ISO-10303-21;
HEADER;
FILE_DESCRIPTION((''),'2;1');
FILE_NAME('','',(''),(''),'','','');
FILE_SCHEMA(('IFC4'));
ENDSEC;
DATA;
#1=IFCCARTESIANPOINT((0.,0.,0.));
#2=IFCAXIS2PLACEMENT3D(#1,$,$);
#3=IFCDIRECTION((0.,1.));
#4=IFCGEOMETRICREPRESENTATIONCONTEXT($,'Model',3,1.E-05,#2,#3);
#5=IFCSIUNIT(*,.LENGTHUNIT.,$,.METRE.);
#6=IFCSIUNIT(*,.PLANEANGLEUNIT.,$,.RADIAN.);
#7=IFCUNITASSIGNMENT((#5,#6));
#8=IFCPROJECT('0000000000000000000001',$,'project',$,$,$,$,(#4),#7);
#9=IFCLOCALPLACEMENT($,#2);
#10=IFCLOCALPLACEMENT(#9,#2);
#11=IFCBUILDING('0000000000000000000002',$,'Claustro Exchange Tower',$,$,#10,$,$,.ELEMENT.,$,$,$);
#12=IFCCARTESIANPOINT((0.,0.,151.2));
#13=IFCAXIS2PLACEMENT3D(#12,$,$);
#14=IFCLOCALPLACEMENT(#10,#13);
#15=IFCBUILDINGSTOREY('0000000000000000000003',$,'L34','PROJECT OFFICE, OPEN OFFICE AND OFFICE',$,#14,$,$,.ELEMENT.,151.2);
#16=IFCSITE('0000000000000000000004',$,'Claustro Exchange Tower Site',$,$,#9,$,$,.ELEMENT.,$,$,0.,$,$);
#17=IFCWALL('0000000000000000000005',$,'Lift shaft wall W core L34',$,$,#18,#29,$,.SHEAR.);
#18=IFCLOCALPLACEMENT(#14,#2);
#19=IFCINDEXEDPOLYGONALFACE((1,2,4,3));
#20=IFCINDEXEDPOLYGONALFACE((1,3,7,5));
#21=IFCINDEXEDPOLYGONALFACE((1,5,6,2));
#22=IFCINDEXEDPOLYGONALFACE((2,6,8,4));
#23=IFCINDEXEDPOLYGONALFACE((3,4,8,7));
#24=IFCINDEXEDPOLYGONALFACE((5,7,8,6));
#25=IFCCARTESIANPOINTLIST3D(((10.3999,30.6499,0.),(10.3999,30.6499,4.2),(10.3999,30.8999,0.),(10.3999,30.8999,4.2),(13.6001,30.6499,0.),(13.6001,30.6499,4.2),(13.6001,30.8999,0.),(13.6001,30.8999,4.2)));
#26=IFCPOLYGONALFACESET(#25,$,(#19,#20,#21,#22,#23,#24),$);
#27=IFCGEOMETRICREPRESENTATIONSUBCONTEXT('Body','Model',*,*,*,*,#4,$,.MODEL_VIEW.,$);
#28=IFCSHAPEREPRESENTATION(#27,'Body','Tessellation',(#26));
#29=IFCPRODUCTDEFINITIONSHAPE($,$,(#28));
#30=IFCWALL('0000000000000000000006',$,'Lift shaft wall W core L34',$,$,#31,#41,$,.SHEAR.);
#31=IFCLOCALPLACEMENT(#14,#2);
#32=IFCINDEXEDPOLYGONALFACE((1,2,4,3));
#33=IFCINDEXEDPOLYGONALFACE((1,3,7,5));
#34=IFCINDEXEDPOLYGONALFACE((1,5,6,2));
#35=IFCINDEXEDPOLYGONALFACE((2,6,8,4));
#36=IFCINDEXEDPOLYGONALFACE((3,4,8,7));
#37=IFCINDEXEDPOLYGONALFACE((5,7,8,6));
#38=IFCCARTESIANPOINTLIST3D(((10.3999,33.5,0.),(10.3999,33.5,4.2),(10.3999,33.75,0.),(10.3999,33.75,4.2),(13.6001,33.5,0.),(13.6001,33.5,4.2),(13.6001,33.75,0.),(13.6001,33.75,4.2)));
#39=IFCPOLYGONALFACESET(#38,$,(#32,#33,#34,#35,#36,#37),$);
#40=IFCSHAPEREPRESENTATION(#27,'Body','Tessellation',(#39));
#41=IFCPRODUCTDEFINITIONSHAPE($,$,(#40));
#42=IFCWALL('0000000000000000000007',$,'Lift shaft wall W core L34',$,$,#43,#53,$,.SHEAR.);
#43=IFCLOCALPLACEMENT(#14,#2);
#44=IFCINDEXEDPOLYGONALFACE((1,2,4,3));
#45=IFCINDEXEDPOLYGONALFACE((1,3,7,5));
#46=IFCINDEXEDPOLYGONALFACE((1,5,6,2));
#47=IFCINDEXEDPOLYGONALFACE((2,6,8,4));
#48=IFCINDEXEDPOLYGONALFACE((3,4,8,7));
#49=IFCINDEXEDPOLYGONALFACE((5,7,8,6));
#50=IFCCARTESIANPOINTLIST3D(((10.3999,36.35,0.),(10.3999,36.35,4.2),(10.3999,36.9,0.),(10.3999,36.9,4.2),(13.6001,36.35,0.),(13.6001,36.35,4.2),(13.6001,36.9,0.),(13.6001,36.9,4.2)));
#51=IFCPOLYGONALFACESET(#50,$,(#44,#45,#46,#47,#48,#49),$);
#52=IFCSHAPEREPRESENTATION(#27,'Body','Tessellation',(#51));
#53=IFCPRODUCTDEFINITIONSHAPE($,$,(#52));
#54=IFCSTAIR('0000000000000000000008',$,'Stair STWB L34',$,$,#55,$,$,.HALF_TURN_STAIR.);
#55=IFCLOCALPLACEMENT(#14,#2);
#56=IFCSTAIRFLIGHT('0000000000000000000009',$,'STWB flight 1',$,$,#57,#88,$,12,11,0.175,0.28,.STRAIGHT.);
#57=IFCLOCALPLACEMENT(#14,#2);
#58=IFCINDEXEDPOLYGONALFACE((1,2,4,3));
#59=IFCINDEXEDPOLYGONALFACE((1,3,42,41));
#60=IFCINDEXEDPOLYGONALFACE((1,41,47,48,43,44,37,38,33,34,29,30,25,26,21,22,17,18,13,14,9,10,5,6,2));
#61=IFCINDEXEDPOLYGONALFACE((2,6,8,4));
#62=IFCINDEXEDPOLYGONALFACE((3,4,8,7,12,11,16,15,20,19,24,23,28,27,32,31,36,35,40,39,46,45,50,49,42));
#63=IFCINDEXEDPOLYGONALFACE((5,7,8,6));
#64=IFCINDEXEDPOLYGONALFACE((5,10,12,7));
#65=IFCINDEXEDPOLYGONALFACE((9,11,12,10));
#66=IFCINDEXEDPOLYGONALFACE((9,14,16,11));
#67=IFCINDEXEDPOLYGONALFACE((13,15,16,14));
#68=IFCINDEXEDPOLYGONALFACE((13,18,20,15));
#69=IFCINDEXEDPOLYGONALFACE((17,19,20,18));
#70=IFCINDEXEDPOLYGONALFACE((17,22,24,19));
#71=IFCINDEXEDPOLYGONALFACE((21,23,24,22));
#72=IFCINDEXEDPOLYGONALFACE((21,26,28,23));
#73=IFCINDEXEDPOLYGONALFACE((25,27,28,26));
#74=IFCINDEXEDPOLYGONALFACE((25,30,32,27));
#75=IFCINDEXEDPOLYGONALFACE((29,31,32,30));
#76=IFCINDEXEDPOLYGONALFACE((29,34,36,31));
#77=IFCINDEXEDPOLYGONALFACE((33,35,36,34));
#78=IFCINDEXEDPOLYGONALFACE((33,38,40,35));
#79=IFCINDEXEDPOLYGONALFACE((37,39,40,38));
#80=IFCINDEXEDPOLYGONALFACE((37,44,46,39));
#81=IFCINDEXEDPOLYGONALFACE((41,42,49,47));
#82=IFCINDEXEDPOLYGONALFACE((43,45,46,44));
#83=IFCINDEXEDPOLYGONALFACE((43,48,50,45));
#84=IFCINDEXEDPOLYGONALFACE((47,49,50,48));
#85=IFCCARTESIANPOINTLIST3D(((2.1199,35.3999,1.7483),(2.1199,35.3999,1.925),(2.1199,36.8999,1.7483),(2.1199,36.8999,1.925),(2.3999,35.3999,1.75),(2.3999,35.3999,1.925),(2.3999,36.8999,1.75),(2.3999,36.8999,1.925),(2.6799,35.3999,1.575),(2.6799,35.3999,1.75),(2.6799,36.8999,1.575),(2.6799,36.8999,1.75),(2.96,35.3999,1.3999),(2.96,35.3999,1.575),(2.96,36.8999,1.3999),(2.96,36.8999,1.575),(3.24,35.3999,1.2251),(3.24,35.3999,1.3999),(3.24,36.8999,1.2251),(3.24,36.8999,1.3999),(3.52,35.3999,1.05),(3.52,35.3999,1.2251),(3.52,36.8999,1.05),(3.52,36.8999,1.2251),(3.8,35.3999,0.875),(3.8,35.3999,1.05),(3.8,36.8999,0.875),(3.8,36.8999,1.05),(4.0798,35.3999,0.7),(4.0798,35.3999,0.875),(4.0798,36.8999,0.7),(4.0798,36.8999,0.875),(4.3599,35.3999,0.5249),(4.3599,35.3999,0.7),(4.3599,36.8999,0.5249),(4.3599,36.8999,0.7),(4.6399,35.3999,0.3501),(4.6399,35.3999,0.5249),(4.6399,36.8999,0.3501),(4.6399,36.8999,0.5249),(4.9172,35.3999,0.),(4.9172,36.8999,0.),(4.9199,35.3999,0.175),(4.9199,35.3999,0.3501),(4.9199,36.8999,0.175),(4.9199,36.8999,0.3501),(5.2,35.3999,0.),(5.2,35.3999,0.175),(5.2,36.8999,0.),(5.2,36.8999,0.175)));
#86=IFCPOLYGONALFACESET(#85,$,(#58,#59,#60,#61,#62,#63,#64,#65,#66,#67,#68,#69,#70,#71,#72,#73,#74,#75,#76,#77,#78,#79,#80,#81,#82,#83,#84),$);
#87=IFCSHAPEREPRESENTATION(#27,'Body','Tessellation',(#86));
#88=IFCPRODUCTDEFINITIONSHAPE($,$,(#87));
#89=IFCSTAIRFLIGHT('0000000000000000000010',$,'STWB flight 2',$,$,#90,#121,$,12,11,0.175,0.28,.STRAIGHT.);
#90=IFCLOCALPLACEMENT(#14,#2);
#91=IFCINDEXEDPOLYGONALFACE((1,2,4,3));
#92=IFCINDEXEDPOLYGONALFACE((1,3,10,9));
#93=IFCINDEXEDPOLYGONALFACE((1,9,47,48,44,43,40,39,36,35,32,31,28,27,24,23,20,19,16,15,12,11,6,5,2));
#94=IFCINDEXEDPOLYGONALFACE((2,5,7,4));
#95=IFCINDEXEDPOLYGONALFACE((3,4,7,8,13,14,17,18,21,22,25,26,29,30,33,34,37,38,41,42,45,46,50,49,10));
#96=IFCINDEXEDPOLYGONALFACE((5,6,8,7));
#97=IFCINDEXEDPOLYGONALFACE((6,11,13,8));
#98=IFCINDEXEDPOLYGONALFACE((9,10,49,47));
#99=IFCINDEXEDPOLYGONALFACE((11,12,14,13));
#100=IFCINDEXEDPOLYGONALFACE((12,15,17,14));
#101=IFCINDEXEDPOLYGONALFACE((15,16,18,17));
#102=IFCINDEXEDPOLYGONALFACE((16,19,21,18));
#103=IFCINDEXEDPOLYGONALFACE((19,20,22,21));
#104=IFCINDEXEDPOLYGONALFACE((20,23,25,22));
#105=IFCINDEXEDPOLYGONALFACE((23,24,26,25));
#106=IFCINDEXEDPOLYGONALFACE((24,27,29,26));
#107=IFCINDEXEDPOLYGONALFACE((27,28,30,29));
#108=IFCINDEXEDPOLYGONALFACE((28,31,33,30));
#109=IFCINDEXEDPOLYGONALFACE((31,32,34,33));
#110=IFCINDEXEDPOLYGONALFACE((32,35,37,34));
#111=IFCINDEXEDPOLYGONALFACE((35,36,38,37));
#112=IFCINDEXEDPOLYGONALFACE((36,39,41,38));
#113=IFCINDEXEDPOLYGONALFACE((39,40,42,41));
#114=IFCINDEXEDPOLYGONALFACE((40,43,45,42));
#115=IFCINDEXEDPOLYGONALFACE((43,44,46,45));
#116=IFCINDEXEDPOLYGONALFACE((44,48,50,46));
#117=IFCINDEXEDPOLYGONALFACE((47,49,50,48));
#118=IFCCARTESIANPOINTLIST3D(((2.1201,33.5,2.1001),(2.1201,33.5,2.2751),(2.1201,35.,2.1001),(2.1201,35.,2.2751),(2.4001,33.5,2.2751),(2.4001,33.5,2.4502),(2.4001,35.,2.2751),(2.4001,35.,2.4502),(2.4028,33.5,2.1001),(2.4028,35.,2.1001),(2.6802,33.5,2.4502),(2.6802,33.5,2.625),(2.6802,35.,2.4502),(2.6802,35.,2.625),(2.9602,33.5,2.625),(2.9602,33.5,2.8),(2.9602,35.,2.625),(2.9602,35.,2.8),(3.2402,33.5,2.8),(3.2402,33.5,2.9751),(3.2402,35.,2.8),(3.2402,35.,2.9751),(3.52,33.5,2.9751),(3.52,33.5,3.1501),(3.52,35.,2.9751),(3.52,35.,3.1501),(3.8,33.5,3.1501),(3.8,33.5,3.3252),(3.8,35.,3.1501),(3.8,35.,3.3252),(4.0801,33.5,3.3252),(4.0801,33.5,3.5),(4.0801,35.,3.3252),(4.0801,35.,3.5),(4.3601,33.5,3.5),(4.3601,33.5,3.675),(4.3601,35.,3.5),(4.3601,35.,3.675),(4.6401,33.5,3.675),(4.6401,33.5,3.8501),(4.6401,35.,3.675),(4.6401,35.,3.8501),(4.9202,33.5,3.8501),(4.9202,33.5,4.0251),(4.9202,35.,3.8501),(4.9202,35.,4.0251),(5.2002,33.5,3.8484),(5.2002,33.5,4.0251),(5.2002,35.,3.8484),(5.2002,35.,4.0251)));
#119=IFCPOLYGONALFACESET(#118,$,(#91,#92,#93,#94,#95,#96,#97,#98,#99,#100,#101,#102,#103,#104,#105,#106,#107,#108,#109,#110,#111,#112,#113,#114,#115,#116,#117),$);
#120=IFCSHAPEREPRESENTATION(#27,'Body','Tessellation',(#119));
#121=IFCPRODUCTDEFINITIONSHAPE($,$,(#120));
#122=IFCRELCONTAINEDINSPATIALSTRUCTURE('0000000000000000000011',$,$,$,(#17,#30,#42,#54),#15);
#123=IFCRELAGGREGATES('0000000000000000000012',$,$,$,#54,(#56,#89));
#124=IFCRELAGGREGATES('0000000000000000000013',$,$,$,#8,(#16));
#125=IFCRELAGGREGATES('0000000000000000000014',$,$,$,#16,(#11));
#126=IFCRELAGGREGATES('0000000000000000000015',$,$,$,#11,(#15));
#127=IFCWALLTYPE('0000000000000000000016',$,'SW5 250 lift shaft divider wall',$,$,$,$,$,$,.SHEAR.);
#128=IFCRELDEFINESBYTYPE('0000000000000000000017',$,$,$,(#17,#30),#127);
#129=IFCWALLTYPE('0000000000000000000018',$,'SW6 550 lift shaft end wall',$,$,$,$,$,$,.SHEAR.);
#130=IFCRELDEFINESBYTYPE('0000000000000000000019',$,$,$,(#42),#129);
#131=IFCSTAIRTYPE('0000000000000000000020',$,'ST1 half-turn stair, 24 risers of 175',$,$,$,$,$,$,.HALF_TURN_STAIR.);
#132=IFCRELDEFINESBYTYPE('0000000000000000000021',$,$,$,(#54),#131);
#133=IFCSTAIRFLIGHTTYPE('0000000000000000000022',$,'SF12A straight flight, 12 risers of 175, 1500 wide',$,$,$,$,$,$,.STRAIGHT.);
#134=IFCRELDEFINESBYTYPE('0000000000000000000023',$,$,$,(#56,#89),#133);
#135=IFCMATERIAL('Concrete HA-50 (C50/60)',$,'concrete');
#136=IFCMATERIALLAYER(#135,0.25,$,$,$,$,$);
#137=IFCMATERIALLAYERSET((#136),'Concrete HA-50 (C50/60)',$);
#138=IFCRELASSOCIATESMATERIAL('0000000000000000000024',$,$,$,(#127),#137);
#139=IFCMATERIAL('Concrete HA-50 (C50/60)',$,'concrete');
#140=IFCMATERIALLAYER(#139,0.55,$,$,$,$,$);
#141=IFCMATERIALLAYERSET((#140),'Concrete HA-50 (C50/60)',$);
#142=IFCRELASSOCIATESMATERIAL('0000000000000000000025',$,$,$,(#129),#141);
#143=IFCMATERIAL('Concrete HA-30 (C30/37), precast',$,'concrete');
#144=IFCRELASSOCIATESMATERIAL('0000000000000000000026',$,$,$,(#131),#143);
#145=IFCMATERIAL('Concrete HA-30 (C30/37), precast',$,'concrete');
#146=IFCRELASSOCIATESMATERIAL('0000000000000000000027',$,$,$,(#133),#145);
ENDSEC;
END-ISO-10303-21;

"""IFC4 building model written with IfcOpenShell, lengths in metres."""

from ifc_helpers import new_model, si_unit, direction, frame, frame_2d, origin, place, context, subcontext, project, spatial, polyline, rectangle, outline, extrude, material, layer, layer_set, type_object, element, aggregate, save


model = new_model("IFC4")

# Units and contexts
model_context = context("Model", 3, precision=1e-05, world=origin(), true_north=direction((0.0, 1.0)))
body_context = subcontext(model_context, "Body", "Model", "MODEL_VIEW")
ifc_project = project(units=[si_unit("LENGTHUNIT", "METRE"), si_unit("PLANEANGLEUNIT", "RADIAN")], contexts=[model_context])

# Site, building, storey
site_placement = place(None, origin())
site = spatial("IfcSite", under=ifc_project, at=site_placement, Name="Claustro Exchange Tower Site", CompositionType="ELEMENT", RefElevation=0.0)
building_placement = place(site_placement, origin())
building = spatial("IfcBuilding", under=site, at=building_placement, Name="Claustro Exchange Tower", CompositionType="ELEMENT")
storey_placement = place(building_placement, frame((0.0, 0.0, 151.2)))
storey = spatial("IfcBuildingStorey", under=building, at=storey_placement, Name="L34", Description="PROJECT OFFICE, OPEN OFFICE AND OFFICE", CompositionType="ELEMENT", Elevation=151.2)

# Walls
ifc_material_1 = material(Name="Concrete HA-50 (C50/60)", Category="concrete")
ifc_layer_1 = layer(ifc_material_1, 0.25)
ifc_layer_set_1 = layer_set([ifc_layer_1], Name="Concrete HA-50 (C50/60)")
wall_type_1 = type_object("IfcWallType", Name="SW5 250 lift shaft divider wall", PredefinedType="SHEAR", material=ifc_layer_set_1)
for number, where, z_axis, x_axis, name in (
    (1, (10.3999, 30.7749, 0.0), (0.0, 0.0, 1.0), (1.0, 0.0, 0.0), "Lift shaft wall W core L34"),
    (2, (10.3999, 33.625, 0.0), (0.0, 0.0, 1.0), (1.0, 0.0, 0.0), "Lift shaft wall W core L34"),
):
    element("IfcWall", number, at=place(storey_placement, frame(where, z_axis=z_axis, x_axis=x_axis)), inside=storey, type_object=wall_type_1, Name=name, PredefinedType="SHEAR", context=body_context, shape_type="SweptSolid", body=[
        extrude(rectangle(XDim=3.2002, YDim=0.25, at=frame_2d((1.6001, 0.0))), origin(), (0.0, 0.0, 1.0), 4.2),
    ])
ifc_material_2 = material(Name="Concrete HA-50 (C50/60)", Category="concrete")
ifc_layer_2 = layer(ifc_material_2, 0.55)
ifc_layer_set_2 = layer_set([ifc_layer_2], Name="Concrete HA-50 (C50/60)")
wall_type_2 = type_object("IfcWallType", Name="SW6 550 lift shaft end wall", PredefinedType="SHEAR", material=ifc_layer_set_2)
wall_1_placement = place(storey_placement, frame((10.3999, 36.625, 0.0), z_axis=(0.0, 0.0, 1.0), x_axis=(1.0, 0.0, 0.0)))
element("IfcWall", 3, at=wall_1_placement, inside=storey, type_object=wall_type_2, Name="Lift shaft wall W core L34", PredefinedType="SHEAR", context=body_context, shape_type="SweptSolid", body=[
    extrude(rectangle(XDim=3.2002, YDim=0.55, at=frame_2d((1.6001, 0.0))), origin(), (0.0, 0.0, 1.0), 4.2),
])

# Stair, stair flights
ifc_material_3 = material(Name="Concrete HA-30 (C30/37), precast", Category="concrete")
stair_type = type_object("IfcStairType", Name="ST1 half-turn stair, 24 risers of 175", PredefinedType="HALF_TURN_STAIR", material=ifc_material_3)
stair_placement = place(storey_placement, origin())
stair = element("IfcStair", 4, at=stair_placement, inside=storey, type_object=stair_type, Name="Stair STWB L34", PredefinedType="HALF_TURN_STAIR")
ifc_material_4 = material(Name="Concrete HA-30 (C30/37), precast", Category="concrete")
stair_flight_type = type_object("IfcStairFlightType", Name="SF12A straight flight, 12 risers of 175, 1500 wide", PredefinedType="STRAIGHT", material=ifc_material_4)
stair_flight_1_placement = place(storey_placement, frame((5.2, 36.1499, 0.0), z_axis=(0.0, 0.0, 1.0), x_axis=(-1.0, 0.0, 0.0)))
stair_flight_1 = element("IfcStairFlight", 5, at=stair_flight_1_placement, type_object=stair_flight_type, Name="STWB flight 1", NumberOfRisers=12, NumberOfTreads=11, PredefinedType="STRAIGHT", RiserHeight=0.175, TreadLength=0.28, context=body_context, shape_type="SweptSolid", body=[
    extrude(outline(polyline([(0.0, 0.0), (0.0, 0.175), (0.28, 0.175), (0.28, 0.3501), (0.5601, 0.3501), (0.5601, 0.5249), (0.8401, 0.5249), (0.8401, 0.7), (1.1201, 0.7), (1.1201, 0.875), (1.3999, 0.875), (1.3999, 1.05), (1.6799, 1.05), (1.6799, 1.2251), (1.96, 1.2251), (1.96, 1.3999), (2.24, 1.3999), (2.24, 1.575), (2.52, 1.575), (2.52, 1.75), (2.8, 1.75), (2.8, 1.925), (3.0801, 1.925), (3.0801, 2.1001), (3.0801, 1.7483), (0.2827, 0.0), (0.0, 0.0)])), frame((0.0, 0.75, 0.0), z_axis=(0.0, -1.0, 0.0), x_axis=(1.0, 0.0, 0.0)), (0.0, 0.0, 1.0), 1.5),
])
stair_flight_2_placement = place(storey_placement, frame((2.1201, 34.25, 2.1001), z_axis=(0.0, 0.0, 1.0), x_axis=(1.0, 0.0, 0.0)))
stair_flight_2 = element("IfcStairFlight", 6, at=stair_flight_2_placement, type_object=stair_flight_type, Name="STWB flight 2", NumberOfRisers=12, NumberOfTreads=11, PredefinedType="STRAIGHT", RiserHeight=0.175, TreadLength=0.28, context=body_context, shape_type="SweptSolid", body=[
    extrude(outline(polyline([(0.0, 0.0), (0.0, 0.175), (0.28, 0.175), (0.28, 0.3501), (0.5601, 0.3501), (0.5601, 0.5249), (0.8401, 0.5249), (0.8401, 0.7), (1.1201, 0.7), (1.1201, 0.875), (1.3999, 0.875), (1.3999, 1.05), (1.6799, 1.05), (1.6799, 1.2251), (1.96, 1.2251), (1.96, 1.3999), (2.24, 1.3999), (2.24, 1.575), (2.52, 1.575), (2.52, 1.75), (2.8, 1.75), (2.8, 1.925), (3.0801, 1.925), (3.0801, 2.1001), (3.0801, 1.7483), (0.2827, 0.0), (0.0, 0.0)])), frame((0.0, 0.75, 0.0), z_axis=(0.0, -1.0, 0.0), x_axis=(1.0, 0.0, 0.0)), (0.0, 0.0, 1.0), 1.5),
])
aggregate(stair, [stair_flight_1, stair_flight_2])

save(model, "model.ifc")
